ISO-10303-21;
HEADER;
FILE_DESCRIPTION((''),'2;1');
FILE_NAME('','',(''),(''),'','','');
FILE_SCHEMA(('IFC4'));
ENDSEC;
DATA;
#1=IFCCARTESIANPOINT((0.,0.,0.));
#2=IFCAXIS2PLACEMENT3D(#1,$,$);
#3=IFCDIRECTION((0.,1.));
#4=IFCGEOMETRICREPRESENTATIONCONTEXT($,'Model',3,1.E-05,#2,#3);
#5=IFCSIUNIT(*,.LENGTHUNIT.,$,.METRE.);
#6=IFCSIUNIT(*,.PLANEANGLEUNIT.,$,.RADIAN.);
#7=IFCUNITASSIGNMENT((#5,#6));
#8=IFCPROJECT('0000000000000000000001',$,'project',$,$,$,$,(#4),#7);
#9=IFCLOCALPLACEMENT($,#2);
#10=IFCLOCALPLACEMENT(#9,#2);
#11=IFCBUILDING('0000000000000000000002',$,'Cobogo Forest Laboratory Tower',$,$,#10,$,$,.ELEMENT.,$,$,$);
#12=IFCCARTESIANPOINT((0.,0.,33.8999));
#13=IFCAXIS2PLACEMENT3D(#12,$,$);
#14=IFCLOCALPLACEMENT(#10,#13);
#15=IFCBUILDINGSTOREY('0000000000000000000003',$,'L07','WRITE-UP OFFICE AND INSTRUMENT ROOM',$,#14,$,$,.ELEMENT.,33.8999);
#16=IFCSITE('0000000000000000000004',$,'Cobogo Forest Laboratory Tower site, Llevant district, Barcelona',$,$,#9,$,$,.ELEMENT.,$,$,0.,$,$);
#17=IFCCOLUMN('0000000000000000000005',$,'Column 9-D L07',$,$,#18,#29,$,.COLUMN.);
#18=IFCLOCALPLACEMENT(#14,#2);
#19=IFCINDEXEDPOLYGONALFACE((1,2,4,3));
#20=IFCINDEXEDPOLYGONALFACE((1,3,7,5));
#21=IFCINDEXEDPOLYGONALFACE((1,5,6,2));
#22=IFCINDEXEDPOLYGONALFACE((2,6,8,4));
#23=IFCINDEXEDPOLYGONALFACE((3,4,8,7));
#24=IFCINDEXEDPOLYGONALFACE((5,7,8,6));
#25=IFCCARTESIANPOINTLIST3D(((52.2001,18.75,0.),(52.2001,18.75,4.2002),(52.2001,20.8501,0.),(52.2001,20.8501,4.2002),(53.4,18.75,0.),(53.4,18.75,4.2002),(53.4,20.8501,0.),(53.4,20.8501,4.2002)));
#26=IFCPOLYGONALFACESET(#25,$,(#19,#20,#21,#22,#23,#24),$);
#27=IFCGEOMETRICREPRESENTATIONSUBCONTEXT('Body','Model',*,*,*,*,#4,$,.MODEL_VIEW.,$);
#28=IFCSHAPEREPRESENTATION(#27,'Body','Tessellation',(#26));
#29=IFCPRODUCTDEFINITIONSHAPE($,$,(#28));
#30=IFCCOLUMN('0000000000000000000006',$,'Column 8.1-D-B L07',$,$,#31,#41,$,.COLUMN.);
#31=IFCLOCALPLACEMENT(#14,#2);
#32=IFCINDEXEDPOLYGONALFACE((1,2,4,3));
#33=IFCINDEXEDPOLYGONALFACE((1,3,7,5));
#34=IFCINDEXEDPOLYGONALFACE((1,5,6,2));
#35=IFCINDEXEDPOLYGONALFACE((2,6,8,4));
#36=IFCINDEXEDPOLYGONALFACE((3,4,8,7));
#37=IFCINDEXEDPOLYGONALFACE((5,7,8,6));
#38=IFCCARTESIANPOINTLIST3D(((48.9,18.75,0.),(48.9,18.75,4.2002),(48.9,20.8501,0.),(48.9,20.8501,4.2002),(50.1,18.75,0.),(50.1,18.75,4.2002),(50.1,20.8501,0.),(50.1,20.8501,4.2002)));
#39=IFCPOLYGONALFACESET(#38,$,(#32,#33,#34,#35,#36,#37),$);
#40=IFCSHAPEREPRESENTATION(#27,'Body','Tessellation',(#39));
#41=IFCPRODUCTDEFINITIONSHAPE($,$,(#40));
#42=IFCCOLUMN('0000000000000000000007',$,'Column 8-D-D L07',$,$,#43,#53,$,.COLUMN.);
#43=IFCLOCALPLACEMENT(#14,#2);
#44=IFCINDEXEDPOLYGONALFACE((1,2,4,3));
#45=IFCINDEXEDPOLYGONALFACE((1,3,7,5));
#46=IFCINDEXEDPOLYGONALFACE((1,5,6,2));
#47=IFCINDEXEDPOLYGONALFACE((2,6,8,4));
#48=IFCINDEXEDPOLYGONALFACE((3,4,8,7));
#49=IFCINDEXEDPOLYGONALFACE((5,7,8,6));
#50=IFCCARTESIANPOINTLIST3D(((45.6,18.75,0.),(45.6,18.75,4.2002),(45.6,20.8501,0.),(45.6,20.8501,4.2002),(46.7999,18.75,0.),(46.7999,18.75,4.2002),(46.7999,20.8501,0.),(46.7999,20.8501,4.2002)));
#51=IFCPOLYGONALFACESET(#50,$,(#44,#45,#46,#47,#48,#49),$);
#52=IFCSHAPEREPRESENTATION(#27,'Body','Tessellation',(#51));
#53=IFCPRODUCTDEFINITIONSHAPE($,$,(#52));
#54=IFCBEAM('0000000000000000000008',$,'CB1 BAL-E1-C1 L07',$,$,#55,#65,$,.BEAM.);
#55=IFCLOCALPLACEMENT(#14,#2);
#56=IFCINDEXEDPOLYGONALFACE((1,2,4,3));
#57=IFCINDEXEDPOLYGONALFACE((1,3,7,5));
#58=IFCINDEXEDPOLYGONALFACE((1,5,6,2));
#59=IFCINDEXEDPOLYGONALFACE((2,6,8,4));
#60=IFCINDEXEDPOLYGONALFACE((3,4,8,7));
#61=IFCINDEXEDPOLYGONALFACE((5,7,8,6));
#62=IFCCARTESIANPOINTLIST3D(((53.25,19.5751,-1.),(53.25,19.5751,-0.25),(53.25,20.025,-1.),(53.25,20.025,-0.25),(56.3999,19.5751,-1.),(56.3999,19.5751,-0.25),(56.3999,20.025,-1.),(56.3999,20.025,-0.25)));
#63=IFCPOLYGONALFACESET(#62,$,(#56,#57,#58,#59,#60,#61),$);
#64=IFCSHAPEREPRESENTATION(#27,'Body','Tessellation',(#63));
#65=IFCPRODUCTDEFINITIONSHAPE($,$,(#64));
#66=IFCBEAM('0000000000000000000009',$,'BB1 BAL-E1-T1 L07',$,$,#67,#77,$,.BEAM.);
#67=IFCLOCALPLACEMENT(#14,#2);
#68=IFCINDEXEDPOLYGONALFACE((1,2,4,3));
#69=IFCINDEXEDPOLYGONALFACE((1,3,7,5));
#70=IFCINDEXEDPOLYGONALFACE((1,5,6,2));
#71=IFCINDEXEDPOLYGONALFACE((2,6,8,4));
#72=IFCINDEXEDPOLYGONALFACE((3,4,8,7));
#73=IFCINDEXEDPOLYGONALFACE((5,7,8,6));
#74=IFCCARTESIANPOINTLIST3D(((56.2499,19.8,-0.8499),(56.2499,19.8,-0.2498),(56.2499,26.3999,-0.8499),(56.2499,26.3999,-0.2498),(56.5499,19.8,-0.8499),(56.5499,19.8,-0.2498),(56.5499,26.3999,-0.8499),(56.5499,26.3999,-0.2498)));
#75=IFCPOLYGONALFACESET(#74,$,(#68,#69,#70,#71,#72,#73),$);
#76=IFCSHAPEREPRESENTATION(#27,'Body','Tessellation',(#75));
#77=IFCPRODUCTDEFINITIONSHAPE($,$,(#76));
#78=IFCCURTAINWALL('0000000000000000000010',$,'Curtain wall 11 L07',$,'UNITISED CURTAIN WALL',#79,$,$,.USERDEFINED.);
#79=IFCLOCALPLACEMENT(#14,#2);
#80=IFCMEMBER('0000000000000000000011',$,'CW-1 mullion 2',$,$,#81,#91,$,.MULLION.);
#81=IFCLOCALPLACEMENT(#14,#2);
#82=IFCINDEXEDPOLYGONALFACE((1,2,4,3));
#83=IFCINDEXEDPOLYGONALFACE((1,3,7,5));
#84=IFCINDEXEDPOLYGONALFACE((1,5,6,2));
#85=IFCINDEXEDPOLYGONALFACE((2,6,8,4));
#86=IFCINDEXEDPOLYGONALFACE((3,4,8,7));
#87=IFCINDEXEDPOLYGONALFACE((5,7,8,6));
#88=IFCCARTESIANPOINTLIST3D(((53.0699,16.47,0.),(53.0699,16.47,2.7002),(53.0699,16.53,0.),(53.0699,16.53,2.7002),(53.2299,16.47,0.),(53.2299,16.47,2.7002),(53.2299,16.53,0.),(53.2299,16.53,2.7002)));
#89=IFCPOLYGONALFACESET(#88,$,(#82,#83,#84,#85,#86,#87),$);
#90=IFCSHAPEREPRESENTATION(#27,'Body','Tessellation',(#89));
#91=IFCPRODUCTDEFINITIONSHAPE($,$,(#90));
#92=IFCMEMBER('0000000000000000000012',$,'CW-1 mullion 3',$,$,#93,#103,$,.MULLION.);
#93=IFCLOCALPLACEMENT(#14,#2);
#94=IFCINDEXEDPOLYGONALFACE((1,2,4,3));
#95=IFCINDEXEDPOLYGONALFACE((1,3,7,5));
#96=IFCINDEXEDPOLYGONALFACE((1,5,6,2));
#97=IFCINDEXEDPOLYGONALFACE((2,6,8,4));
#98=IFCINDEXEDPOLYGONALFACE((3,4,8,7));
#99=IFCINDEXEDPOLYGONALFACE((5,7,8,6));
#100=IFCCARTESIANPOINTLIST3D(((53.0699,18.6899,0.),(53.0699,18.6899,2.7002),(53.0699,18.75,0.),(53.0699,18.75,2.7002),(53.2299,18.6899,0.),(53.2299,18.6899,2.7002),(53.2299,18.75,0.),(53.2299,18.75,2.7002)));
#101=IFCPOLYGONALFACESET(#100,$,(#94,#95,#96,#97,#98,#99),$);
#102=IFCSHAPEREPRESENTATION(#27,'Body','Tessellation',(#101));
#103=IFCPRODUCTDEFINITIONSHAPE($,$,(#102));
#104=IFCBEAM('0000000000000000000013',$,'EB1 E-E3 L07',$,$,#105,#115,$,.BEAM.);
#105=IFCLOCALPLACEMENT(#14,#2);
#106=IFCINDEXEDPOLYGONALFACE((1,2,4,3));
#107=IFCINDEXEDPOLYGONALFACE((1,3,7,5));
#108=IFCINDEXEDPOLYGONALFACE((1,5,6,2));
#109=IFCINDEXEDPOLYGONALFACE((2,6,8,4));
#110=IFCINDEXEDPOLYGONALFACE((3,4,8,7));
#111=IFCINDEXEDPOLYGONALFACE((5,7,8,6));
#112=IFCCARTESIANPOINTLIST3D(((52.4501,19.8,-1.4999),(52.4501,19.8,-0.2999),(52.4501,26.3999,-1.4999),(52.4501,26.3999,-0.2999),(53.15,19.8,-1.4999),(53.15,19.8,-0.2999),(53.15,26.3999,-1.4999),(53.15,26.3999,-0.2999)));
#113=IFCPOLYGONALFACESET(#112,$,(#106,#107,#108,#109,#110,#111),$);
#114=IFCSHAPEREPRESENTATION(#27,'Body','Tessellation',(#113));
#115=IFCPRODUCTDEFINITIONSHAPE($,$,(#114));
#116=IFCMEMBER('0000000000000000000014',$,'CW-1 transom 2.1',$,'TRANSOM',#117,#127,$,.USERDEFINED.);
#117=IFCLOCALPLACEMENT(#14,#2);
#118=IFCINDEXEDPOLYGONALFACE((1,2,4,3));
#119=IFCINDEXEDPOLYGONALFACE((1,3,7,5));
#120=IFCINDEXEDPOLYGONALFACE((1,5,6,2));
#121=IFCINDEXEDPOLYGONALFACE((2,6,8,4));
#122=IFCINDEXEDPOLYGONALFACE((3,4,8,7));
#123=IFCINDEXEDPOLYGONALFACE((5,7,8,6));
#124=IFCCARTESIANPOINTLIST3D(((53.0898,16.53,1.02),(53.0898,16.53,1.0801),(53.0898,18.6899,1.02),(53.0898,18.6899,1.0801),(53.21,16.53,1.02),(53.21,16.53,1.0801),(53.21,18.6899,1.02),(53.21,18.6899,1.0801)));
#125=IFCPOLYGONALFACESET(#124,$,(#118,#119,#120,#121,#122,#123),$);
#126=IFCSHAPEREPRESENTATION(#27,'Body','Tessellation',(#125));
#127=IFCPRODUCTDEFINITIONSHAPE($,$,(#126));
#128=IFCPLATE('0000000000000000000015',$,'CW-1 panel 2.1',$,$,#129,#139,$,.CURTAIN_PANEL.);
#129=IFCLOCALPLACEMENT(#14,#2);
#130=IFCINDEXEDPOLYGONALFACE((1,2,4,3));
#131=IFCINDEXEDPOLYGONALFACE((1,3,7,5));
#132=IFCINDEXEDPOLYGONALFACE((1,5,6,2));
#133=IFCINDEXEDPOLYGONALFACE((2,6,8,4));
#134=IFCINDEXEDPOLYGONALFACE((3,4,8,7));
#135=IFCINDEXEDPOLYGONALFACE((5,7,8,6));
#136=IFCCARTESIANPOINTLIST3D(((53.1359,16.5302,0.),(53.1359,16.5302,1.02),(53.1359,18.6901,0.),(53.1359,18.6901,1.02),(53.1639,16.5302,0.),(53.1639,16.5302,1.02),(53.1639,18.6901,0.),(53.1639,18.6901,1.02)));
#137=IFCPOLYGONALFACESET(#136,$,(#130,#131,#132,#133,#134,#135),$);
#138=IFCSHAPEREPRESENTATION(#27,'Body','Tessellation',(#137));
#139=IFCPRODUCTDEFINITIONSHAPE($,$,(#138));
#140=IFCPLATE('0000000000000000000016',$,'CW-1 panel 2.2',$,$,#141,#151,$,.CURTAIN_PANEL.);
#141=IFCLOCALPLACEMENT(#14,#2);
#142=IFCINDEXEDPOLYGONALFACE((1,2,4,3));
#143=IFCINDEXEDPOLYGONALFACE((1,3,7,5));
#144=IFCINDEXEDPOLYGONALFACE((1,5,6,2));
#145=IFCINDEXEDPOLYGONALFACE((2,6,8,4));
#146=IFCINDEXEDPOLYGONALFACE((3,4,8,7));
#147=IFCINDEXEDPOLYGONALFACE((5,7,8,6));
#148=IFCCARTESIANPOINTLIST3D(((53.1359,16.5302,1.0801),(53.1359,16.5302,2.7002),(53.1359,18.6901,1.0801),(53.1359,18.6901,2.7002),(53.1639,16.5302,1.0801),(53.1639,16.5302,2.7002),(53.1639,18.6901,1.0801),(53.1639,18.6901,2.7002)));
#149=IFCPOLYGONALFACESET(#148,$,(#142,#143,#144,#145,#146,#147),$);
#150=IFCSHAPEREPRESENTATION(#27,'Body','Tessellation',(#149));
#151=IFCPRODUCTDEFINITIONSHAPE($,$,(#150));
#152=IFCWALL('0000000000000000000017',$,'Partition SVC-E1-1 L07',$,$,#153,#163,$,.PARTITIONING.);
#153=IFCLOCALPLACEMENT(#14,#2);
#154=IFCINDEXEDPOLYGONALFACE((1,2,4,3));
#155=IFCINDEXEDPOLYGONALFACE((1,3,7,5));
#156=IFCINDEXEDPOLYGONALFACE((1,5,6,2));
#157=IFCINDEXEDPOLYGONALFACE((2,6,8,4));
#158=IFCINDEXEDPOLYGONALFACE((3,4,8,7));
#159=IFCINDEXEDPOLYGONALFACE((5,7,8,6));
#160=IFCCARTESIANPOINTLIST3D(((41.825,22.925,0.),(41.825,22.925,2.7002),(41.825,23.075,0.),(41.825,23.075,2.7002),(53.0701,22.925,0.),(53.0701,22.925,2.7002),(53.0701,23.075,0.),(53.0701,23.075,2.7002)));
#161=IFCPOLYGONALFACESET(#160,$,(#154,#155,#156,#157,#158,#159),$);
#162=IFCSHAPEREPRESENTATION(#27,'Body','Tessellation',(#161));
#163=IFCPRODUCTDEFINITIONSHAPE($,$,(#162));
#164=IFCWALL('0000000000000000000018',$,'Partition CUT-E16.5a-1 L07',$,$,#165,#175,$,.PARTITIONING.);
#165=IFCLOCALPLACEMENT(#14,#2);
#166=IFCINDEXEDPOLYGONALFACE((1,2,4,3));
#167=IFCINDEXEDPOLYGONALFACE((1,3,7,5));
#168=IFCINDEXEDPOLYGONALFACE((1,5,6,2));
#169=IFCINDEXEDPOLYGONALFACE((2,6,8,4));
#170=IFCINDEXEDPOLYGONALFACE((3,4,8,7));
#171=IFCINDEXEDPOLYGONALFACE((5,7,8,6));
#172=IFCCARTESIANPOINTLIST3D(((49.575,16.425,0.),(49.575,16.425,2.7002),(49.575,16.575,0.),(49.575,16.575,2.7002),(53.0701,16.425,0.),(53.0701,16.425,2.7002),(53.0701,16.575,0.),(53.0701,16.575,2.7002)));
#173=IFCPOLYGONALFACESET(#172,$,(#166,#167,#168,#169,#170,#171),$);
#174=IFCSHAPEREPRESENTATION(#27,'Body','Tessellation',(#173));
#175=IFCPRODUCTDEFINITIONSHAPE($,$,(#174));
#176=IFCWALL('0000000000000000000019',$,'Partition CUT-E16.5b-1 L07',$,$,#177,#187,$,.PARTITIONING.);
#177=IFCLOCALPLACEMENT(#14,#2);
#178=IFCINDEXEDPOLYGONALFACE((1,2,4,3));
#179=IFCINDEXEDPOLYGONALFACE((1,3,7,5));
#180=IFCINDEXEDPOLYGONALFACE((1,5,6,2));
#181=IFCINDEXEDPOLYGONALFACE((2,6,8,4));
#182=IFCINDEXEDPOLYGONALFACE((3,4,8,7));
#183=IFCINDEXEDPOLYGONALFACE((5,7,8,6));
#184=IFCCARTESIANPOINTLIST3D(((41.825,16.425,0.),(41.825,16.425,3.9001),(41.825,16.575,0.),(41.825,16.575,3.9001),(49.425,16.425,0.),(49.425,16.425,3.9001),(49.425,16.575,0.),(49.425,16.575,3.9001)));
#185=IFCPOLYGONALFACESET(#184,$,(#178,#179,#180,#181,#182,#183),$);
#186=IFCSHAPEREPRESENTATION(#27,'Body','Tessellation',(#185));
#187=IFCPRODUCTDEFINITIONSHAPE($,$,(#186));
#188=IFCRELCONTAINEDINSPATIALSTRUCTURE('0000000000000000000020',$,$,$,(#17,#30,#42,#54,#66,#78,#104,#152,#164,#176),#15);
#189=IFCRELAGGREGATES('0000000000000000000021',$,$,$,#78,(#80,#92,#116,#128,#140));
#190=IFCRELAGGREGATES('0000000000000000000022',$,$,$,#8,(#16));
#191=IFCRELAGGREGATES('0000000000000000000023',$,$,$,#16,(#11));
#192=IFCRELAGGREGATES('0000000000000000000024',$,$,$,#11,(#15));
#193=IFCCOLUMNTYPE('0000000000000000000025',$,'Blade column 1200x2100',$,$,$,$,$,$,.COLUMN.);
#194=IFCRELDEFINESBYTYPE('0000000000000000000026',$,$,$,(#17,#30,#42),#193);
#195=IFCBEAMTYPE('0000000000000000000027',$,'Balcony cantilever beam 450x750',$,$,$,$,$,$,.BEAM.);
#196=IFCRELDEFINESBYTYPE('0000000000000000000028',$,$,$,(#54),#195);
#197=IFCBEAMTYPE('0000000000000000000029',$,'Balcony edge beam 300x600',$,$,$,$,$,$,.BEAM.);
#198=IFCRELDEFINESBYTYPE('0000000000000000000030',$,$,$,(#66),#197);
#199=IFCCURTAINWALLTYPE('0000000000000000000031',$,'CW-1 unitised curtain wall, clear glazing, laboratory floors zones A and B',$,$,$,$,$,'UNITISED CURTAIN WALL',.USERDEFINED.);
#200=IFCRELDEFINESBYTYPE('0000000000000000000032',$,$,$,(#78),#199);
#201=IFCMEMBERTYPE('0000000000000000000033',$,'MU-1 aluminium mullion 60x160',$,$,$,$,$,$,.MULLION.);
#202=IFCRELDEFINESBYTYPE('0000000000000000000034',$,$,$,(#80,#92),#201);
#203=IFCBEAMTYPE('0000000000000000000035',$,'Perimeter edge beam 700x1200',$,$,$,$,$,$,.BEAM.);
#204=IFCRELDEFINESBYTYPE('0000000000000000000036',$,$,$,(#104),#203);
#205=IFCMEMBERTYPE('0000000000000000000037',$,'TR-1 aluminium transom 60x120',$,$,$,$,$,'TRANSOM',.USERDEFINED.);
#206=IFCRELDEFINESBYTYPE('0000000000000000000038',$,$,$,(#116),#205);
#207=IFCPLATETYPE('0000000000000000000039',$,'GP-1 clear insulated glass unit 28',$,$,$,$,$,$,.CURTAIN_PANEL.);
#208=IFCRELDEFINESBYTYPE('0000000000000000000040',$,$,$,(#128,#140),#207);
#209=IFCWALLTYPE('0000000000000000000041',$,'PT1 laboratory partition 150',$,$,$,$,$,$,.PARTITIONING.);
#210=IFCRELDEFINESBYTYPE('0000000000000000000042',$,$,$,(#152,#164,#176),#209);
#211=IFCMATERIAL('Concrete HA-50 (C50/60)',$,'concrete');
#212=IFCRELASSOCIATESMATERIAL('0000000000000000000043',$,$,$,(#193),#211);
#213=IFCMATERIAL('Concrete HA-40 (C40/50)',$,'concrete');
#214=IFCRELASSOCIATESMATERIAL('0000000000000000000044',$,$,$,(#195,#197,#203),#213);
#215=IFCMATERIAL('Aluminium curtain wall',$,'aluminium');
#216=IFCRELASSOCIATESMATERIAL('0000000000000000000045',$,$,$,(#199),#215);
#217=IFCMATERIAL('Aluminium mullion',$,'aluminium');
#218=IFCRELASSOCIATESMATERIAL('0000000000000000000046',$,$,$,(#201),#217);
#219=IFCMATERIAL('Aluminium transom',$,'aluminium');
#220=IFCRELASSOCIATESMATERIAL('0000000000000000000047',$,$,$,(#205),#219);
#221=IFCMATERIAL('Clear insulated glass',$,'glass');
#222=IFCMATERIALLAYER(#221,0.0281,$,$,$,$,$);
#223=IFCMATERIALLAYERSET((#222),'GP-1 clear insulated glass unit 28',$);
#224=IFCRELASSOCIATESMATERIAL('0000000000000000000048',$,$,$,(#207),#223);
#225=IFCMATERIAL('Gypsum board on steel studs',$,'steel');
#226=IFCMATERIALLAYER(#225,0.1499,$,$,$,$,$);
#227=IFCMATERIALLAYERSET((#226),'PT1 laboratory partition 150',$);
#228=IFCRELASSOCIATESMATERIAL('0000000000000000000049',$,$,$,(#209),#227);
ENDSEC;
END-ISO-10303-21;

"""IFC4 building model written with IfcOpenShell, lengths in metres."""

from ifc_helpers import new_model, si_unit, direction, frame, frame_2d, origin, origin_2d, place, context, subcontext, project, spatial, rectangle, extrude, material, layer, layer_set, material_profile, profile_set, type_object, element, aggregate, save


model = new_model("IFC4")

# Units and contexts
model_context = context("Model", 3, precision=1e-05, world=origin(), true_north=direction((0.0, 1.0)))
body_context = subcontext(model_context, "Body", "Model", "MODEL_VIEW")
ifc_project = project(units=[si_unit("LENGTHUNIT", "METRE"), si_unit("PLANEANGLEUNIT", "RADIAN")], contexts=[model_context])

# Site, building, storey
site_placement = place(None, origin())
site = spatial("IfcSite", under=ifc_project, at=site_placement, Name="Cobogo Forest Laboratory Tower site, Llevant district, Barcelona", CompositionType="ELEMENT", RefElevation=0.0)
building_placement = place(site_placement, origin())
building = spatial("IfcBuilding", under=site, at=building_placement, Name="Cobogo Forest Laboratory Tower", CompositionType="ELEMENT")
storey_placement = place(building_placement, frame((0.0, 0.0, 33.8999)))
storey = spatial("IfcBuildingStorey", under=building, at=storey_placement, Name="L07", Description="WRITE-UP OFFICE AND INSTRUMENT ROOM", CompositionType="ELEMENT", Elevation=33.8999)

# Columns
ifc_material_1 = material(Name="Concrete HA-50 (C50/60)", Category="concrete")
ifc_material_profile_1 = material_profile(ifc_material_1, rectangle(XDim=2.1001, YDim=1.2, at=origin_2d()), Name="RC 1200x2100")
ifc_profile_set_1 = profile_set([ifc_material_profile_1], Name="Concrete HA-50 (C50/60)")
column_type = type_object("IfcColumnType", Name="Blade column 1200x2100", PredefinedType="COLUMN", material=ifc_profile_set_1)
for number, where, z_axis, x_axis, name in (
    (1, (52.8, 19.8, 0.0), (0.0, 0.0, 1.0), (0.0, 1.0, 0.0), "Column 9-D L07"),
    (2, (49.5, 19.8, 0.0), (0.0, 0.0, 1.0), (0.0, 1.0, 0.0), "Column 8.1-D-B L07"),
    (3, (46.2, 19.8, 0.0), (0.0, 0.0, 1.0), (0.0, 1.0, 0.0), "Column 8-D-D L07"),
):
    element("IfcColumn", number, at=place(storey_placement, frame(where, z_axis=z_axis, x_axis=x_axis)), inside=storey, type_object=column_type, Name=name, PredefinedType="COLUMN", context=body_context, shape_type="SweptSolid", body=[
        extrude(rectangle(XDim=2.1001, YDim=1.2, at=origin_2d()), origin(), (0.0, 0.0, 1.0), 4.2002),
    ])

# Beams
ifc_material_2 = material(Name="Concrete HA-40 (C40/50)", Category="concrete")
ifc_material_profile_2 = material_profile(ifc_material_2, rectangle(XDim=0.45, YDim=0.75, at=origin_2d()), Name="RC 450x750")
ifc_profile_set_2 = profile_set([ifc_material_profile_2], Name="Concrete HA-40 (C40/50)")
beam_type_1 = type_object("IfcBeamType", Name="Balcony cantilever beam 450x750", PredefinedType="BEAM", material=ifc_profile_set_2)
beam_1_placement = place(storey_placement, frame((53.25, 19.8, -0.625), z_axis=(1.0, 0.0, 0.0), x_axis=(0.0, 1.0, 0.0)))
element("IfcBeam", 4, at=beam_1_placement, inside=storey, type_object=beam_type_1, Name="CB1 BAL-E1-C1 L07", PredefinedType="BEAM", context=body_context, shape_type="SweptSolid", body=[
    extrude(rectangle(XDim=0.45, YDim=0.75, at=origin_2d()), origin(), (0.0, 0.0, 1.0), 3.1499),
])
ifc_material_profile_3 = material_profile(ifc_material_2, rectangle(XDim=0.3, YDim=0.6001, at=origin_2d()), Name="RC 300x600")
ifc_profile_set_3 = profile_set([ifc_material_profile_3], Name="Concrete HA-40 (C40/50)")
beam_type_2 = type_object("IfcBeamType", Name="Balcony edge beam 300x600", PredefinedType="BEAM", material=ifc_profile_set_3)
beam_2_placement = place(storey_placement, frame((56.3999, 19.8, -0.5498), z_axis=(0.0, 1.0, 0.0), x_axis=(-1.0, 0.0, 0.0)))
element("IfcBeam", 5, at=beam_2_placement, inside=storey, type_object=beam_type_2, Name="BB1 BAL-E1-T1 L07", PredefinedType="BEAM", context=body_context, shape_type="SweptSolid", body=[
    extrude(rectangle(XDim=0.3, YDim=0.6001, at=origin_2d()), origin(), (0.0, 0.0, 1.0), 6.5999),
])

# Curtain wall, members
ifc_material_3 = material(Name="Aluminium curtain wall", Category="aluminium")
curtain_wall_type = type_object("IfcCurtainWallType", Name="CW-1 unitised curtain wall, clear glazing, laboratory floors zones A and B", ElementType="UNITISED CURTAIN WALL", PredefinedType="USERDEFINED", material=ifc_material_3)
curtain_wall_placement = place(storey_placement, origin())
curtain_wall = element("IfcCurtainWall", 6, at=curtain_wall_placement, inside=storey, type_object=curtain_wall_type, Name="Curtain wall 11 L07", ObjectType="UNITISED CURTAIN WALL", PredefinedType="USERDEFINED")
ifc_material_4 = material(Name="Aluminium mullion", Category="aluminium")
ifc_material_profile_4 = material_profile(ifc_material_4, rectangle(XDim=0.0601, YDim=0.1599, at=origin_2d()), Name="AL 60x160")
ifc_profile_set_4 = profile_set([ifc_material_profile_4], Name="Aluminium mullion")
member_type_1 = type_object("IfcMemberType", Name="MU-1 aluminium mullion 60x160", PredefinedType="MULLION", material=ifc_profile_set_4)
member_1_placement = place(storey_placement, frame((53.1499, 16.5, 0.0), z_axis=(0.0, 0.0, 1.0), x_axis=(0.0, 1.0, 0.0)))
member_1 = element("IfcMember", 7, at=member_1_placement, type_object=member_type_1, Name="CW-1 mullion 2", PredefinedType="MULLION", context=body_context, shape_type="SweptSolid", body=[
    extrude(rectangle(XDim=0.0601, YDim=0.1599, at=origin_2d()), origin(), (0.0, 0.0, 1.0), 2.7002),
])
member_2_placement = place(storey_placement, frame((53.1499, 18.72, 0.0), z_axis=(0.0, 0.0, 1.0), x_axis=(0.0, 1.0, 0.0)))
member_2 = element("IfcMember", 8, at=member_2_placement, type_object=member_type_1, Name="CW-1 mullion 3", PredefinedType="MULLION", context=body_context, shape_type="SweptSolid", body=[
    extrude(rectangle(XDim=0.0601, YDim=0.1599, at=origin_2d()), origin(), (0.0, 0.0, 1.0), 2.7002),
])

# Beam
ifc_material_profile_5 = material_profile(ifc_material_2, rectangle(XDim=0.7, YDim=1.2, at=origin_2d()), Name="RC 700x1200")
ifc_profile_set_5 = profile_set([ifc_material_profile_5], Name="Concrete HA-40 (C40/50)")
beam_type_3 = type_object("IfcBeamType", Name="Perimeter edge beam 700x1200", PredefinedType="BEAM", material=ifc_profile_set_5)
beam_3_placement = place(storey_placement, frame((52.8, 19.8, -0.8999), z_axis=(0.0, 1.0, 0.0), x_axis=(-1.0, 0.0, 0.0)))
element("IfcBeam", 9, at=beam_3_placement, inside=storey, type_object=beam_type_3, Name="EB1 E-E3 L07", PredefinedType="BEAM", context=body_context, shape_type="SweptSolid", body=[
    extrude(rectangle(XDim=0.7, YDim=1.2, at=origin_2d()), origin(), (0.0, 0.0, 1.0), 6.5999),
])

# Member
ifc_material_5 = material(Name="Aluminium transom", Category="aluminium")
ifc_material_profile_6 = material_profile(ifc_material_5, rectangle(XDim=0.1201, YDim=0.0601, at=origin_2d()), Name="AL 60x120")
ifc_profile_set_6 = profile_set([ifc_material_profile_6], Name="Aluminium transom")
member_type_2 = type_object("IfcMemberType", Name="TR-1 aluminium transom 60x120", ElementType="TRANSOM", PredefinedType="USERDEFINED", material=ifc_profile_set_6)
member_3_placement = place(storey_placement, frame((53.1499, 16.53, 1.05), z_axis=(0.0, 1.0, 0.0), x_axis=(-1.0, 0.0, 0.0)))
member_3 = element("IfcMember", 10, at=member_3_placement, type_object=member_type_2, Name="CW-1 transom 2.1", ObjectType="TRANSOM", PredefinedType="USERDEFINED", context=body_context, shape_type="SweptSolid", body=[
    extrude(rectangle(XDim=0.1201, YDim=0.0601, at=origin_2d()), origin(), (0.0, 0.0, 1.0), 2.1599),
])

# Plates
ifc_material_6 = material(Name="Clear insulated glass", Category="glass")
ifc_layer_1 = layer(ifc_material_6, 0.0281)
ifc_layer_set_1 = layer_set([ifc_layer_1], Name="GP-1 clear insulated glass unit 28")
plate_type = type_object("IfcPlateType", Name="GP-1 clear insulated glass unit 28", PredefinedType="CURTAIN_PANEL", material=ifc_layer_set_1)
plate_1_placement = place(storey_placement, frame((53.1499, 17.6101, 0.0), z_axis=(0.0, 0.0, 1.0), x_axis=(0.0, 1.0, 0.0)))
plate_1 = element("IfcPlate", 11, at=plate_1_placement, type_object=plate_type, Name="CW-1 panel 2.1", PredefinedType="CURTAIN_PANEL", context=body_context, shape_type="SweptSolid", body=[
    extrude(rectangle(XDim=2.1599, YDim=0.0281, at=origin_2d()), origin(), (0.0, 0.0, 1.0), 1.02),
])
plate_2_placement = place(storey_placement, frame((53.1499, 17.6101, 1.0801), z_axis=(0.0, 0.0, 1.0), x_axis=(0.0, 1.0, 0.0)))
plate_2 = element("IfcPlate", 12, at=plate_2_placement, type_object=plate_type, Name="CW-1 panel 2.2", PredefinedType="CURTAIN_PANEL", context=body_context, shape_type="SweptSolid", body=[
    extrude(rectangle(XDim=2.1599, YDim=0.0281, at=origin_2d()), origin(), (0.0, 0.0, 1.0), 1.6201),
])
aggregate(curtain_wall, [member_1, member_2, member_3, plate_1, plate_2])

# Walls
ifc_material_7 = material(Name="Gypsum board on steel studs", Category="steel")
ifc_layer_2 = layer(ifc_material_7, 0.1499)
ifc_layer_set_2 = layer_set([ifc_layer_2], Name="PT1 laboratory partition 150")
wall_type_1 = type_object("IfcWallType", Name="PT1 laboratory partition 150", PredefinedType="PARTITIONING", material=ifc_layer_set_2)
wall_1_placement = place(storey_placement, frame((53.0701, 23.0, 0.0), z_axis=(0.0, 0.0, 1.0), x_axis=(-1.0, 0.0, 0.0)))
element("IfcWall", 13, at=wall_1_placement, inside=storey, type_object=wall_type_1, Name="Partition SVC-E1-1 L07", PredefinedType="PARTITIONING", context=body_context, shape_type="SweptSolid", body=[
    extrude(rectangle(XDim=11.2451, YDim=0.1499, at=frame_2d((5.6226, 0.0))), origin(), (0.0, 0.0, 1.0), 2.7002),
])
wall_2_placement = place(storey_placement, frame((53.0701, 16.5, 0.0), z_axis=(0.0, 0.0, 1.0), x_axis=(-1.0, 0.0, 0.0)))
element("IfcWall", 14, at=wall_2_placement, inside=storey, type_object=wall_type_1, Name="Partition CUT-E16.5a-1 L07", PredefinedType="PARTITIONING", context=body_context, shape_type="SweptSolid", body=[
    extrude(rectangle(XDim=3.4951, YDim=0.1499, at=frame_2d((1.7476, 0.0))), origin(), (0.0, 0.0, 1.0), 2.7002),
])
wall_3_placement = place(storey_placement, frame((49.425, 16.5, 0.0), z_axis=(0.0, 0.0, 1.0), x_axis=(-1.0, 0.0, 0.0)))
element("IfcWall", 15, at=wall_3_placement, inside=storey, type_object=wall_type_1, Name="Partition CUT-E16.5b-1 L07", PredefinedType="PARTITIONING", context=body_context, shape_type="SweptSolid", body=[
    extrude(rectangle(XDim=7.6001, YDim=0.1499, at=frame_2d((3.8, 0.0))), origin(), (0.0, 0.0, 1.0), 3.9001),
])

save(model, "model.ifc")
